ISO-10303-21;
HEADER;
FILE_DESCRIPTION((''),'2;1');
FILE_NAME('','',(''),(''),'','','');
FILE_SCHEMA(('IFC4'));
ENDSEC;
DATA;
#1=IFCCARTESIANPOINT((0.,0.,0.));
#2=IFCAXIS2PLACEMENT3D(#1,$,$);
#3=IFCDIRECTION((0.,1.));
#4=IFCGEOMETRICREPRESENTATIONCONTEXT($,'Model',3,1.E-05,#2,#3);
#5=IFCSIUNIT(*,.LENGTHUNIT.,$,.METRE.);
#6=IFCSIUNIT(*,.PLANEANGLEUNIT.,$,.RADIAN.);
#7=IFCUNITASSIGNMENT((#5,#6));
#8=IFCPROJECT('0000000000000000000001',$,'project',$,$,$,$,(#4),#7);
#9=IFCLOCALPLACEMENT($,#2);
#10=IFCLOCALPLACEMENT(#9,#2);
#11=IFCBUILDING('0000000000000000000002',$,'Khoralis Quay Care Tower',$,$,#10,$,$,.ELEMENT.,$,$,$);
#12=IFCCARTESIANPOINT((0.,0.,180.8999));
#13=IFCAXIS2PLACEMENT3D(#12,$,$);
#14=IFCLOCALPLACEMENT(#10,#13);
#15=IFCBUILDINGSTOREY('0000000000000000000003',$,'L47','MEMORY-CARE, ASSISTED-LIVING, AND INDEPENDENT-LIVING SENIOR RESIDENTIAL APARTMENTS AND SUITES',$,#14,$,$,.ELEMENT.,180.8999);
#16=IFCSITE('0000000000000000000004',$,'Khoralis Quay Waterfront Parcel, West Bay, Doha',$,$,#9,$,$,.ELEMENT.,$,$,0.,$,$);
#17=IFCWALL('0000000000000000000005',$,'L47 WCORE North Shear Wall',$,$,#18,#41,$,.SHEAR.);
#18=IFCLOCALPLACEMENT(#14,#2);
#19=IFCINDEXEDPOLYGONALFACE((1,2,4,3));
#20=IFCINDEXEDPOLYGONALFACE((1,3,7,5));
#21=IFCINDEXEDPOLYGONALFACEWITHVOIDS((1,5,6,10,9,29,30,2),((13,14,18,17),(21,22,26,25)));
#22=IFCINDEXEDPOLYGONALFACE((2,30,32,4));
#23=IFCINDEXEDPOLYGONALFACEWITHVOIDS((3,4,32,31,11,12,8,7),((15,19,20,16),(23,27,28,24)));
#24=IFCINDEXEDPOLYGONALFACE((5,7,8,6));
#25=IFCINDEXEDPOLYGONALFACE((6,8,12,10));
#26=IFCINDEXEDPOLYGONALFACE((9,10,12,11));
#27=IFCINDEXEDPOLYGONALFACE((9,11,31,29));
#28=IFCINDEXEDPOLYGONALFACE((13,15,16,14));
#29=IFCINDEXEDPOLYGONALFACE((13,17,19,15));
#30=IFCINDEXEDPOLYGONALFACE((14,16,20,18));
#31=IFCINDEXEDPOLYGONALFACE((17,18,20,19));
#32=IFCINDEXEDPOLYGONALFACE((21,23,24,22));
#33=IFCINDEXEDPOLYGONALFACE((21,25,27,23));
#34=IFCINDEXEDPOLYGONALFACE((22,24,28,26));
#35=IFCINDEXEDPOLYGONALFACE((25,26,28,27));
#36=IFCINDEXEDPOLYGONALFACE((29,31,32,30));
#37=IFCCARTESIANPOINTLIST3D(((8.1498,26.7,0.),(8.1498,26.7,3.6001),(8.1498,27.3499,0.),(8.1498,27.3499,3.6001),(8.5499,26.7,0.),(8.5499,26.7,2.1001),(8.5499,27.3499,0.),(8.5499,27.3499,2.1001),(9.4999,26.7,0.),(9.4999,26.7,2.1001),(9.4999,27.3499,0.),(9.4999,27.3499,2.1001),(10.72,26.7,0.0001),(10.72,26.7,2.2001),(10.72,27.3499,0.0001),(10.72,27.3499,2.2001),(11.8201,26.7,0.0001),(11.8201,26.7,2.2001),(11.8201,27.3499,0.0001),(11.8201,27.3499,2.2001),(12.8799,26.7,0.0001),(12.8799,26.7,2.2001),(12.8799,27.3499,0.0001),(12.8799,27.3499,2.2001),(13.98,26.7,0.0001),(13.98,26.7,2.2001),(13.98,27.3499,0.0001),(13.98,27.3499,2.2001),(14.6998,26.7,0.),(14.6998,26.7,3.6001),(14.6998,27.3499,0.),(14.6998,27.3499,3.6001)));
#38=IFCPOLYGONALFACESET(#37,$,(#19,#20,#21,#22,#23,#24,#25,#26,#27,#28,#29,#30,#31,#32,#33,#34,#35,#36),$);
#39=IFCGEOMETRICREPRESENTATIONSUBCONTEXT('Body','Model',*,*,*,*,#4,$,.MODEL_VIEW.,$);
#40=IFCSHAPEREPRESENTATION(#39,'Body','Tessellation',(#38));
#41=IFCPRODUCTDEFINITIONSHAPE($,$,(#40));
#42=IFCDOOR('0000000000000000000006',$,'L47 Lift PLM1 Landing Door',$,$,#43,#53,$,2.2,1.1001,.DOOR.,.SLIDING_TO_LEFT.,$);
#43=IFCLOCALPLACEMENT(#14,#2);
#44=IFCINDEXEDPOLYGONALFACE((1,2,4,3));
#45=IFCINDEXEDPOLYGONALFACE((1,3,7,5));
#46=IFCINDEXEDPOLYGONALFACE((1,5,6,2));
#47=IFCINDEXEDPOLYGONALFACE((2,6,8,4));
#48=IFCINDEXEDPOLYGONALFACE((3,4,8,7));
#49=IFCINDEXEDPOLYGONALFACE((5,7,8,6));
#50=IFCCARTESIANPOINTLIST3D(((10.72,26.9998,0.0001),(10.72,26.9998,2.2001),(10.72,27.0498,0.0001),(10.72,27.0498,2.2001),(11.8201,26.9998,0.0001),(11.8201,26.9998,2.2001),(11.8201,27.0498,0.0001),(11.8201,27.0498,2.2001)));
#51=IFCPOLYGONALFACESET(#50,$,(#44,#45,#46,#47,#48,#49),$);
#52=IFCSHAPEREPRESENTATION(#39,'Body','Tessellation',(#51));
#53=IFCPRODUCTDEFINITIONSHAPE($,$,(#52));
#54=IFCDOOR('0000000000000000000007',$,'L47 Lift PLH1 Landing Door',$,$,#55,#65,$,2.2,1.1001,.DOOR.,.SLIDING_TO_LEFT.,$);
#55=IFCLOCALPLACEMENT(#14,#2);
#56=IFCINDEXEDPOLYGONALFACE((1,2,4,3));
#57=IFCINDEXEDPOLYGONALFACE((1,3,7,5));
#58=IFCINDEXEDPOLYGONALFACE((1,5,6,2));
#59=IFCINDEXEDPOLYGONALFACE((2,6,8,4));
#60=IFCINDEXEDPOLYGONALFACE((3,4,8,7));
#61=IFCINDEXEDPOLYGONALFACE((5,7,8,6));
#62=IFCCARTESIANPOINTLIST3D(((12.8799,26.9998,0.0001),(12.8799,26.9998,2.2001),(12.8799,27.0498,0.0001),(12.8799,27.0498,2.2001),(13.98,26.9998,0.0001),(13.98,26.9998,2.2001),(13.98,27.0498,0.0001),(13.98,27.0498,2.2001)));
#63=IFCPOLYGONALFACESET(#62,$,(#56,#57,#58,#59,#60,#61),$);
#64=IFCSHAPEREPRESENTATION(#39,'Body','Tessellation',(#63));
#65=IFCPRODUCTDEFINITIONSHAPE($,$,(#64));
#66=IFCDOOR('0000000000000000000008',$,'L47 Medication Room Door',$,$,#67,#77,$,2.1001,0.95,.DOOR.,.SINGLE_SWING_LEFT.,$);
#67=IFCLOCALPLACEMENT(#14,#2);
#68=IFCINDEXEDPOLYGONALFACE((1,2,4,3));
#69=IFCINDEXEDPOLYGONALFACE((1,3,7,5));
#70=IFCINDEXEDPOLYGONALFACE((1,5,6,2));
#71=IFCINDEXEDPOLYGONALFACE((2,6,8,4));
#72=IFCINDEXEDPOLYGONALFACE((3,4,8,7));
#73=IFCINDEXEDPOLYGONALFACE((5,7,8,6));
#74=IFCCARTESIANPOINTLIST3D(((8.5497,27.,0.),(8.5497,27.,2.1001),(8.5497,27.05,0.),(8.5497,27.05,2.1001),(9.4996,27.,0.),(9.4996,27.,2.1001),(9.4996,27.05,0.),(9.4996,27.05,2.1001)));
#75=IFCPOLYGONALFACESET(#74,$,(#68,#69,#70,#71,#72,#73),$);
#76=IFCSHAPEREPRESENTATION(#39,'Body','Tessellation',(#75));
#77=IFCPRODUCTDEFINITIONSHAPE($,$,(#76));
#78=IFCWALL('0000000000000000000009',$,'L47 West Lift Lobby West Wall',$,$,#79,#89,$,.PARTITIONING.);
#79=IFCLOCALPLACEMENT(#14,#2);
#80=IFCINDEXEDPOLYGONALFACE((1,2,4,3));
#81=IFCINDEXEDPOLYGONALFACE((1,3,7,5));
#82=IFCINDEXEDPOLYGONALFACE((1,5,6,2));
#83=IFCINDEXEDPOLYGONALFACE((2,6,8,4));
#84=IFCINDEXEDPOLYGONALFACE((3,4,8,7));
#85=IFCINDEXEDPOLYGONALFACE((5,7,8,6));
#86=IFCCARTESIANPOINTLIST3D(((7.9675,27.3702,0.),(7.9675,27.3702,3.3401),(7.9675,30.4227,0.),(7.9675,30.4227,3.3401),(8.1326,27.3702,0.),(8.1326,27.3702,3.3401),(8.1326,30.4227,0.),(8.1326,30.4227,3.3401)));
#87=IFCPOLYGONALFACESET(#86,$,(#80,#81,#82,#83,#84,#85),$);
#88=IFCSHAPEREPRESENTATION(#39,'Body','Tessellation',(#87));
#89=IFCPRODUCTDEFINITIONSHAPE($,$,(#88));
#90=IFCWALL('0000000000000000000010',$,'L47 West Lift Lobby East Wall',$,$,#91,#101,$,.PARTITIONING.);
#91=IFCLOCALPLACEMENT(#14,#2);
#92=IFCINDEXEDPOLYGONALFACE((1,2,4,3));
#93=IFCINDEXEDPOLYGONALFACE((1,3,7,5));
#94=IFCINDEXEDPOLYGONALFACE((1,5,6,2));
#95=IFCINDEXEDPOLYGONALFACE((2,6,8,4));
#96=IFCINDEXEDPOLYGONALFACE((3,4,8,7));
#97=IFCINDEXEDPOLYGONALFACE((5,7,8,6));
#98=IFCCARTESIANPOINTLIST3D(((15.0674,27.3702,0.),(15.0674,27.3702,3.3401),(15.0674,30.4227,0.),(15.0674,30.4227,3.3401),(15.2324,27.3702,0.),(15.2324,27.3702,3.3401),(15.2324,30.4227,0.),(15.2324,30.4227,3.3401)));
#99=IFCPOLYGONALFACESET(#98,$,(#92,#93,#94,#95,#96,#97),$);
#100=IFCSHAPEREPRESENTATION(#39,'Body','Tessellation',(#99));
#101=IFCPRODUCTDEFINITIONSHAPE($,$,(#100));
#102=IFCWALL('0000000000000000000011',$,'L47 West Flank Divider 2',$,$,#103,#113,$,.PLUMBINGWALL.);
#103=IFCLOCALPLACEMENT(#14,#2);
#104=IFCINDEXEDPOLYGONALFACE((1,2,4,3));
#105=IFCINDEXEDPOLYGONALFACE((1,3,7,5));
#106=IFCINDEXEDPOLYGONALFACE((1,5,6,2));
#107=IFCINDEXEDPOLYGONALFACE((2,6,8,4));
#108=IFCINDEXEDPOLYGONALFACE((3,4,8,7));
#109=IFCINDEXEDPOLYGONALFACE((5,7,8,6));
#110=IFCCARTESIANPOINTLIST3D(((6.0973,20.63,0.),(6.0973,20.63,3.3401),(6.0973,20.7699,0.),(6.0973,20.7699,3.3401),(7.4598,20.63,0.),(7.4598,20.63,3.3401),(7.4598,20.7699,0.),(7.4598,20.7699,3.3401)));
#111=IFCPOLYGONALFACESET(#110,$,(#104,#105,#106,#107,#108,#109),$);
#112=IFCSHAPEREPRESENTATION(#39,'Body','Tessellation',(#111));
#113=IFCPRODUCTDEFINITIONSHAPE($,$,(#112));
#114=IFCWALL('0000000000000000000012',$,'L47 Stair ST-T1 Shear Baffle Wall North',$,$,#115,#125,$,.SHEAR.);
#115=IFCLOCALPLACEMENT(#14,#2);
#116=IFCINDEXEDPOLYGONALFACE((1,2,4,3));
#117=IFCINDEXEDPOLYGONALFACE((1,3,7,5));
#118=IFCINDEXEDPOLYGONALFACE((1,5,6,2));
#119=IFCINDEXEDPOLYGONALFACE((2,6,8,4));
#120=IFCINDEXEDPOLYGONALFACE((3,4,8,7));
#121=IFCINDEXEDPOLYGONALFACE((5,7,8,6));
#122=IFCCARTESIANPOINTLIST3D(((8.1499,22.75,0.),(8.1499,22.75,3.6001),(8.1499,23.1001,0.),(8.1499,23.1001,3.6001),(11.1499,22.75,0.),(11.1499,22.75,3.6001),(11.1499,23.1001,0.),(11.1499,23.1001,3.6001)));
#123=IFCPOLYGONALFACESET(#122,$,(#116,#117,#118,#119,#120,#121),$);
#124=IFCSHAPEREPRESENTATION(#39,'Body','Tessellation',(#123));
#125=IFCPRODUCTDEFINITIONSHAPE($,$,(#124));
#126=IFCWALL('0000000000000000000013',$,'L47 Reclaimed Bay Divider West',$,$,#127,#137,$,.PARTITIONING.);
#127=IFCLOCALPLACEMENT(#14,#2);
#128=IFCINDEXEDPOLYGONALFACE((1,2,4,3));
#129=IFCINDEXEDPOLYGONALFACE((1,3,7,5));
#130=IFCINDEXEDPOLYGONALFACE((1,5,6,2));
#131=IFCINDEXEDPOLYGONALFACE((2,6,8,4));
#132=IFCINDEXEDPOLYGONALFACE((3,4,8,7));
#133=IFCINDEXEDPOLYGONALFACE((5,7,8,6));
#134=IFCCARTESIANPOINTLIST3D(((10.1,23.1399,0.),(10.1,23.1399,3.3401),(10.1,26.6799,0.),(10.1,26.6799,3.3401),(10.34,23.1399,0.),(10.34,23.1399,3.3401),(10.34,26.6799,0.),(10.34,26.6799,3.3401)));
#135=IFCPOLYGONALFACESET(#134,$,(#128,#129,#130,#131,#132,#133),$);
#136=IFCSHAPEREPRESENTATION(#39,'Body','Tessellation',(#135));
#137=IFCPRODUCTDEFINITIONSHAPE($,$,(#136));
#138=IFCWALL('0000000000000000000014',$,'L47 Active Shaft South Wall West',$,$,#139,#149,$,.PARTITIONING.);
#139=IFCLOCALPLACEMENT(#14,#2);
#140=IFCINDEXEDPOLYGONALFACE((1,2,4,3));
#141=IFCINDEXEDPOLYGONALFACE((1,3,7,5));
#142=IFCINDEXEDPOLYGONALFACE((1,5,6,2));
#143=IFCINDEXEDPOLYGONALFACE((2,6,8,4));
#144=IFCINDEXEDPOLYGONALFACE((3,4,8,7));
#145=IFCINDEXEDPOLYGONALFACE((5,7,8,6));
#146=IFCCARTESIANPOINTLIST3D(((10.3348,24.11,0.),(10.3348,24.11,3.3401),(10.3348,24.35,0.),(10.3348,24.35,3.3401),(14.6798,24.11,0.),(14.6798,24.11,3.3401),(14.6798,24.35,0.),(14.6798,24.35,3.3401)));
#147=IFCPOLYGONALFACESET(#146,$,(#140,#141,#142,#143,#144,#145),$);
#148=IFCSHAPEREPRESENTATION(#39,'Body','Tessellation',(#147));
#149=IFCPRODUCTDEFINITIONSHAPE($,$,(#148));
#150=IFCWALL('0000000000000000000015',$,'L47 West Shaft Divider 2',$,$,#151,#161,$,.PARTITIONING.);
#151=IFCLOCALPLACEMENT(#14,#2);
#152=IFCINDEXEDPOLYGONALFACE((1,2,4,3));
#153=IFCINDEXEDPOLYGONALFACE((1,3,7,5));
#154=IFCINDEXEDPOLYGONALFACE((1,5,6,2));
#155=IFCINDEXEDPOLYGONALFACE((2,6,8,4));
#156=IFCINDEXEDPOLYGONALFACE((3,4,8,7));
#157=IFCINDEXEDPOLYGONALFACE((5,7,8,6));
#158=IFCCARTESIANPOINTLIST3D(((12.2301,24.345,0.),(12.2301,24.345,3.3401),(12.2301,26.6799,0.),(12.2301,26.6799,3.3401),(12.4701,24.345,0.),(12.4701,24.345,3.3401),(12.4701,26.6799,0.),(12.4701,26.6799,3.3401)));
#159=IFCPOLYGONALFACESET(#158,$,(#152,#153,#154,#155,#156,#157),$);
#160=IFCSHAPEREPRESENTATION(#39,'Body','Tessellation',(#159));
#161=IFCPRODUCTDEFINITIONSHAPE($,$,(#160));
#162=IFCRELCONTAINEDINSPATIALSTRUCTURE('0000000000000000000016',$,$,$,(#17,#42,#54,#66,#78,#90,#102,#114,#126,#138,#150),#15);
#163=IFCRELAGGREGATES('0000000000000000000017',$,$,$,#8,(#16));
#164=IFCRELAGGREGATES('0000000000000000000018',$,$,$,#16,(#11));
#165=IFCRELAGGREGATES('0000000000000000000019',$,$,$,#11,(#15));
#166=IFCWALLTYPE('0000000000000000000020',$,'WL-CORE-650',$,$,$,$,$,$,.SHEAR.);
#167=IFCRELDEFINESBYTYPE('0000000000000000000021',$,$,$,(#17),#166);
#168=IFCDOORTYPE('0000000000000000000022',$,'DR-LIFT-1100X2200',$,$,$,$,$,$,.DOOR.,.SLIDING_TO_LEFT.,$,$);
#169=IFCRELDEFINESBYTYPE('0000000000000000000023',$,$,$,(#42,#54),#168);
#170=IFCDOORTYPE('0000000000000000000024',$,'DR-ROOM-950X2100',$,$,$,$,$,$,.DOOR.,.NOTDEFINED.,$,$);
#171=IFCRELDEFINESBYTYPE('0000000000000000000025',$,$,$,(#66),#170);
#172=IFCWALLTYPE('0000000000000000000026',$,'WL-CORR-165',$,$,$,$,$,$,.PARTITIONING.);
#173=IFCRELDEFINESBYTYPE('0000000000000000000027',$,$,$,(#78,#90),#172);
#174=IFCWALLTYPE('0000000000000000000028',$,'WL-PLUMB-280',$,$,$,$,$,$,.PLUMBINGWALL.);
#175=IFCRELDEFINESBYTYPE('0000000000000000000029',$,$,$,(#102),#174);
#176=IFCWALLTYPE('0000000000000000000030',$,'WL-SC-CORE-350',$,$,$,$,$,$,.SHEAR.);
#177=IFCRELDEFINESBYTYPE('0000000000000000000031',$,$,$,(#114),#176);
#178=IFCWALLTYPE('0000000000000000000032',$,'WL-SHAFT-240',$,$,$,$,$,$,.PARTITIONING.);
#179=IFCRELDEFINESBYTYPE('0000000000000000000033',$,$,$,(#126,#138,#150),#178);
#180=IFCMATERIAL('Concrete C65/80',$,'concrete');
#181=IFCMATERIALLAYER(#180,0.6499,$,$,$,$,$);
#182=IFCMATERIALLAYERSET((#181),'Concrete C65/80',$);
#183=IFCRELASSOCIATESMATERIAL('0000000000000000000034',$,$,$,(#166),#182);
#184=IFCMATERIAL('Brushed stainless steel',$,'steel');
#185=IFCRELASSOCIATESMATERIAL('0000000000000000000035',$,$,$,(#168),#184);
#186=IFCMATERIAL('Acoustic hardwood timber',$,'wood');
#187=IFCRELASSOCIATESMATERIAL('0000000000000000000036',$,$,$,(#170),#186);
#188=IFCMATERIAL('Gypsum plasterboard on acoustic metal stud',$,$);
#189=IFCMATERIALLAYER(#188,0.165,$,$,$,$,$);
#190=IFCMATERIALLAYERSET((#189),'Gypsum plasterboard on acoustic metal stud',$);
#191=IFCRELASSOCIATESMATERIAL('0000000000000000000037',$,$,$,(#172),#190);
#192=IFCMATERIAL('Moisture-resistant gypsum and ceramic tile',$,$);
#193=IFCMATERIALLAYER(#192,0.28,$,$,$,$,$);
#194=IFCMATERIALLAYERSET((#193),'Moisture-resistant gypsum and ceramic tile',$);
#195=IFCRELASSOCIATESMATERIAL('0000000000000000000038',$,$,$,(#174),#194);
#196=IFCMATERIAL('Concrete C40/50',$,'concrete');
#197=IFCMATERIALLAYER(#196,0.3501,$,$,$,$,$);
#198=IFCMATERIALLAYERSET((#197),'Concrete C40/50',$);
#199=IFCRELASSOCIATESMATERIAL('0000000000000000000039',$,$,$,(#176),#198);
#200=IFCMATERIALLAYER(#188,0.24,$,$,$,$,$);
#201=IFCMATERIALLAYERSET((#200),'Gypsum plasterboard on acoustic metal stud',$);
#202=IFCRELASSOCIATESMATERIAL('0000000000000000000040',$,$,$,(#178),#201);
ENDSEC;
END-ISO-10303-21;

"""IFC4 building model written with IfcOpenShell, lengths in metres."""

from ifc_helpers import new_model, si_unit, direction, frame, frame_2d, origin, place, context, subcontext, project, spatial, rectangle, extrude, source, transform, mapped, material, layer, layer_set, type_object, element, fill, save


model = new_model("IFC4")

# Units and contexts
model_context = context("Model", 3, precision=1e-05, world=origin(), true_north=direction((0.0, 1.0)))
body_context = subcontext(model_context, "Body", "Model", "MODEL_VIEW")
ifc_project = project(units=[si_unit("LENGTHUNIT", "METRE"), si_unit("PLANEANGLEUNIT", "RADIAN")], contexts=[model_context])

# Site, building, storey
site_placement = place(None, origin())
site = spatial("IfcSite", under=ifc_project, at=site_placement, Name="Khoralis Quay Waterfront Parcel, West Bay, Doha", CompositionType="ELEMENT", RefElevation=0.0)
building_placement = place(site_placement, origin())
building = spatial("IfcBuilding", under=site, at=building_placement, Name="Khoralis Quay Care Tower", CompositionType="ELEMENT")
storey_placement = place(building_placement, frame((0.0, 0.0, 180.8999)))
storey = spatial("IfcBuildingStorey", under=building, at=storey_placement, Name="L47", Description="MEMORY-CARE, ASSISTED-LIVING, AND INDEPENDENT-LIVING SENIOR RESIDENTIAL APARTMENTS AND SUITES", CompositionType="ELEMENT", Elevation=180.8999)

# Shared definitions
ifc_material_1 = material(Name="Concrete C65/80", Category="concrete")

# Wall, openings, doors
ifc_layer_1 = layer(ifc_material_1, 0.6499)
ifc_layer_set_1 = layer_set([ifc_layer_1], Name="Concrete C65/80")
wall_type_1 = type_object("IfcWallType", Name="WL-CORE-650", PredefinedType="SHEAR", material=ifc_layer_set_1)
wall_1_placement = place(storey_placement, frame((8.1499, 27.0249, 0.0), z_axis=(0.0, 0.0, 1.0), x_axis=(1.0, 0.0, 0.0)))
wall_1 = element("IfcWall", 1, at=wall_1_placement, inside=storey, type_object=wall_type_1, Name="L47 WCORE North Shear Wall", PredefinedType="SHEAR", context=body_context, shape_type="SweptSolid", body=[
    extrude(rectangle(XDim=6.55, YDim=0.6499, at=frame_2d((3.2749, 0.0))), origin(), (0.0, 0.0, 1.0), 3.6001),
])
opening_1_placement = place(wall_1_placement, frame((0.3999, 0.0, 0.0)))
opening_1 = element("IfcOpeningElement", 2, at=opening_1_placement, cuts=wall_1, PredefinedType="OPENING", context=body_context, shape_type="SweptSolid", body=[
    extrude(rectangle(XDim=0.95, YDim=2.1001, at=frame_2d((0.4751, 1.05))), frame((0.0, 0.335, 0.0), z_axis=(0.0, -1.0, 0.0), x_axis=(1.0, 0.0, 0.0)), (0.0, 0.0, 1.0), 0.6699),
])
opening_2_placement = place(wall_1_placement, frame((2.5701, 0.0, 0.0)))
opening_2 = element("IfcOpeningElement", 3, at=opening_2_placement, cuts=wall_1, PredefinedType="OPENING", context=body_context, shape_type="SweptSolid", body=[
    extrude(rectangle(XDim=1.1001, YDim=2.2, at=frame_2d((0.55, 1.1001))), frame((0.0, 0.335, 0.0), z_axis=(0.0, -1.0, 0.0), x_axis=(1.0, 0.0, 0.0)), (0.0, 0.0, 1.0), 0.6699),
])
opening_3_placement = place(wall_1_placement, frame((4.73, 0.0, 0.0)))
opening_3 = element("IfcOpeningElement", 4, at=opening_3_placement, cuts=wall_1, PredefinedType="OPENING", context=body_context, shape_type="SweptSolid", body=[
    extrude(rectangle(XDim=1.1001, YDim=2.2, at=frame_2d((0.55, 1.1001))), frame((0.0, 0.335, 0.0), z_axis=(0.0, -1.0, 0.0), x_axis=(1.0, 0.0, 0.0)), (0.0, 0.0, 1.0), 0.6699),
])
ifc_material_2 = material(Name="Brushed stainless steel", Category="steel")
door_type_1 = type_object("IfcDoorType", Name="DR-LIFT-1100X2200", OperationType="SLIDING_TO_LEFT", PredefinedType="DOOR", material=ifc_material_2)
shared_shape_1 = source(origin(), body_context, "Body", "SweptSolid", [
    extrude(rectangle(XDim=1.1001, YDim=2.2, at=frame_2d((0.55, 1.1001))), frame((0.0, 0.0249, 0.0), z_axis=(0.0, -1.0, 0.0), x_axis=(1.0, 0.0, 0.0)), (0.0, 0.0, 1.0), 0.05),
])
door_1_placement = place(opening_2_placement, origin())
door_1 = element("IfcDoor", 5, at=door_1_placement, inside=storey, type_object=door_type_1, Name="L47 Lift PLM1 Landing Door", OperationType="SLIDING_TO_LEFT", OverallHeight=2.2, OverallWidth=1.1001, PredefinedType="DOOR", context=body_context, shape_type="MappedRepresentation", body=[
    mapped(shared_shape_1, transform((0.0, 0.0, 0.0), scale=1.0)),
])
fill(opening_2, door_1)
door_2_placement = place(opening_3_placement, origin())
door_2 = element("IfcDoor", 6, at=door_2_placement, inside=storey, type_object=door_type_1, Name="L47 Lift PLH1 Landing Door", OperationType="SLIDING_TO_LEFT", OverallHeight=2.2, OverallWidth=1.1001, PredefinedType="DOOR", context=body_context, shape_type="MappedRepresentation", body=[
    mapped(shared_shape_1, transform((0.0, 0.0, 0.0), scale=1.0)),
])
fill(opening_3, door_2)
ifc_material_3 = material(Name="Acoustic hardwood timber", Category="wood")
door_type_2 = type_object("IfcDoorType", Name="DR-ROOM-950X2100", OperationType="NOTDEFINED", PredefinedType="DOOR", material=ifc_material_3)
shared_shape_2 = source(origin(), body_context, "Body", "SweptSolid", [
    extrude(rectangle(XDim=0.95, YDim=2.1001, at=frame_2d((0.4751, 1.05))), frame((0.0, 0.0249, 0.0), z_axis=(0.0, -1.0, 0.0), x_axis=(1.0, 0.0, 0.0)), (0.0, 0.0, 1.0), 0.05),
])
door_3_placement = place(opening_1_placement, frame((0.95, 0.0, 0.0), z_axis=(0.0, 0.0, 1.0), x_axis=(-1.0, 0.0, 0.0)))
door_3 = element("IfcDoor", 7, at=door_3_placement, inside=storey, type_object=door_type_2, Name="L47 Medication Room Door", OperationType="SINGLE_SWING_LEFT", OverallHeight=2.1001, OverallWidth=0.95, PredefinedType="DOOR", context=body_context, shape_type="MappedRepresentation", body=[
    mapped(shared_shape_2, transform((0.0, 0.0, 0.0), scale=1.0)),
])
fill(opening_1, door_3)

# Walls
ifc_material_4 = material(Name="Gypsum plasterboard on acoustic metal stud")
ifc_layer_2 = layer(ifc_material_4, 0.165)
ifc_layer_set_2 = layer_set([ifc_layer_2], Name="Gypsum plasterboard on acoustic metal stud")
wall_type_2 = type_object("IfcWallType", Name="WL-CORR-165", PredefinedType="PARTITIONING", material=ifc_layer_set_2)
for number, where, z_axis, x_axis, name in (
    (8, (8.05, 27.3701, 0.0), (0.0, 0.0, 1.0), (0.0, 1.0, 0.0), "L47 West Lift Lobby West Wall"),
    (9, (15.1499, 27.3701, 0.0), (0.0, 0.0, 1.0), (0.0, 1.0, 0.0), "L47 West Lift Lobby East Wall"),
):
    element("IfcWall", number, at=place(storey_placement, frame(where, z_axis=z_axis, x_axis=x_axis)), inside=storey, type_object=wall_type_2, Name=name, PredefinedType="PARTITIONING", context=body_context, shape_type="SweptSolid", body=[
        extrude(rectangle(XDim=3.0525, YDim=0.165, at=frame_2d((1.5264, 0.0))), origin(), (0.0, 0.0, 1.0), 3.3401),
    ])
ifc_material_5 = material(Name="Moisture-resistant gypsum and ceramic tile")
ifc_layer_3 = layer(ifc_material_5, 0.28)
ifc_layer_set_3 = layer_set([ifc_layer_3], Name="Moisture-resistant gypsum and ceramic tile")
wall_type_3 = type_object("IfcWallType", Name="WL-PLUMB-280", PredefinedType="PLUMBINGWALL", material=ifc_layer_set_3)
wall_2_placement = place(storey_placement, frame((6.0974, 20.7, 0.0), z_axis=(0.0, 0.0, 1.0), x_axis=(1.0, 0.0, 0.0)))
element("IfcWall", 10, at=wall_2_placement, inside=storey, type_object=wall_type_3, Name="L47 West Flank Divider 2", PredefinedType="PLUMBINGWALL", context=body_context, shape_type="SweptSolid", body=[
    extrude(rectangle(XDim=1.3625, YDim=0.1399, at=frame_2d((0.6812, 0.0))), origin(), (0.0, 0.0, 1.0), 3.3401),
])
ifc_material_6 = material(Name="Concrete C40/50", Category="concrete")
ifc_layer_4 = layer(ifc_material_6, 0.3501)
ifc_layer_set_4 = layer_set([ifc_layer_4], Name="Concrete C40/50")
wall_type_4 = type_object("IfcWallType", Name="WL-SC-CORE-350", PredefinedType="SHEAR", material=ifc_layer_set_4)
wall_3_placement = place(storey_placement, frame((8.1499, 22.925, 0.0), z_axis=(0.0, 0.0, 1.0), x_axis=(1.0, 0.0, 0.0)))
element("IfcWall", 11, at=wall_3_placement, inside=storey, type_object=wall_type_4, Name="L47 Stair ST-T1 Shear Baffle Wall North", PredefinedType="SHEAR", context=body_context, shape_type="SweptSolid", body=[
    extrude(rectangle(XDim=3.0, YDim=0.3501, at=frame_2d((1.5, 0.0))), origin(), (0.0, 0.0, 1.0), 3.6001),
])
ifc_layer_5 = layer(ifc_material_4, 0.24)
ifc_layer_set_5 = layer_set([ifc_layer_5], Name="Gypsum plasterboard on acoustic metal stud")
wall_type_5 = type_object("IfcWallType", Name="WL-SHAFT-240", PredefinedType="PARTITIONING", material=ifc_layer_set_5)
wall_4_placement = place(storey_placement, frame((10.22, 23.1399, 0.0), z_axis=(0.0, 0.0, 1.0), x_axis=(0.0, 1.0, 0.0)))
element("IfcWall", 12, at=wall_4_placement, inside=storey, type_object=wall_type_5, Name="L47 Reclaimed Bay Divider West", PredefinedType="PARTITIONING", context=body_context, shape_type="SweptSolid", body=[
    extrude(rectangle(XDim=3.54, YDim=0.24, at=frame_2d((1.77, 0.0))), origin(), (0.0, 0.0, 1.0), 3.3401),
])
wall_5_placement = place(storey_placement, frame((10.335, 24.23, 0.0), z_axis=(0.0, 0.0, 1.0), x_axis=(1.0, 0.0, 0.0)))
element("IfcWall", 13, at=wall_5_placement, inside=storey, type_object=wall_type_5, Name="L47 Active Shaft South Wall West", PredefinedType="PARTITIONING", context=body_context, shape_type="SweptSolid", body=[
    extrude(rectangle(XDim=4.345, YDim=0.24, at=frame_2d((2.1724, 0.0))), origin(), (0.0, 0.0, 1.0), 3.3401),
])
wall_6_placement = place(storey_placement, frame((12.3501, 24.345, 0.0), z_axis=(0.0, 0.0, 1.0), x_axis=(0.0, 1.0, 0.0)))
element("IfcWall", 14, at=wall_6_placement, inside=storey, type_object=wall_type_5, Name="L47 West Shaft Divider 2", PredefinedType="PARTITIONING", context=body_context, shape_type="SweptSolid", body=[
    extrude(rectangle(XDim=2.335, YDim=0.24, at=frame_2d((1.1675, 0.0))), origin(), (0.0, 0.0, 1.0), 3.3401),
])

save(model, "model.ifc")
